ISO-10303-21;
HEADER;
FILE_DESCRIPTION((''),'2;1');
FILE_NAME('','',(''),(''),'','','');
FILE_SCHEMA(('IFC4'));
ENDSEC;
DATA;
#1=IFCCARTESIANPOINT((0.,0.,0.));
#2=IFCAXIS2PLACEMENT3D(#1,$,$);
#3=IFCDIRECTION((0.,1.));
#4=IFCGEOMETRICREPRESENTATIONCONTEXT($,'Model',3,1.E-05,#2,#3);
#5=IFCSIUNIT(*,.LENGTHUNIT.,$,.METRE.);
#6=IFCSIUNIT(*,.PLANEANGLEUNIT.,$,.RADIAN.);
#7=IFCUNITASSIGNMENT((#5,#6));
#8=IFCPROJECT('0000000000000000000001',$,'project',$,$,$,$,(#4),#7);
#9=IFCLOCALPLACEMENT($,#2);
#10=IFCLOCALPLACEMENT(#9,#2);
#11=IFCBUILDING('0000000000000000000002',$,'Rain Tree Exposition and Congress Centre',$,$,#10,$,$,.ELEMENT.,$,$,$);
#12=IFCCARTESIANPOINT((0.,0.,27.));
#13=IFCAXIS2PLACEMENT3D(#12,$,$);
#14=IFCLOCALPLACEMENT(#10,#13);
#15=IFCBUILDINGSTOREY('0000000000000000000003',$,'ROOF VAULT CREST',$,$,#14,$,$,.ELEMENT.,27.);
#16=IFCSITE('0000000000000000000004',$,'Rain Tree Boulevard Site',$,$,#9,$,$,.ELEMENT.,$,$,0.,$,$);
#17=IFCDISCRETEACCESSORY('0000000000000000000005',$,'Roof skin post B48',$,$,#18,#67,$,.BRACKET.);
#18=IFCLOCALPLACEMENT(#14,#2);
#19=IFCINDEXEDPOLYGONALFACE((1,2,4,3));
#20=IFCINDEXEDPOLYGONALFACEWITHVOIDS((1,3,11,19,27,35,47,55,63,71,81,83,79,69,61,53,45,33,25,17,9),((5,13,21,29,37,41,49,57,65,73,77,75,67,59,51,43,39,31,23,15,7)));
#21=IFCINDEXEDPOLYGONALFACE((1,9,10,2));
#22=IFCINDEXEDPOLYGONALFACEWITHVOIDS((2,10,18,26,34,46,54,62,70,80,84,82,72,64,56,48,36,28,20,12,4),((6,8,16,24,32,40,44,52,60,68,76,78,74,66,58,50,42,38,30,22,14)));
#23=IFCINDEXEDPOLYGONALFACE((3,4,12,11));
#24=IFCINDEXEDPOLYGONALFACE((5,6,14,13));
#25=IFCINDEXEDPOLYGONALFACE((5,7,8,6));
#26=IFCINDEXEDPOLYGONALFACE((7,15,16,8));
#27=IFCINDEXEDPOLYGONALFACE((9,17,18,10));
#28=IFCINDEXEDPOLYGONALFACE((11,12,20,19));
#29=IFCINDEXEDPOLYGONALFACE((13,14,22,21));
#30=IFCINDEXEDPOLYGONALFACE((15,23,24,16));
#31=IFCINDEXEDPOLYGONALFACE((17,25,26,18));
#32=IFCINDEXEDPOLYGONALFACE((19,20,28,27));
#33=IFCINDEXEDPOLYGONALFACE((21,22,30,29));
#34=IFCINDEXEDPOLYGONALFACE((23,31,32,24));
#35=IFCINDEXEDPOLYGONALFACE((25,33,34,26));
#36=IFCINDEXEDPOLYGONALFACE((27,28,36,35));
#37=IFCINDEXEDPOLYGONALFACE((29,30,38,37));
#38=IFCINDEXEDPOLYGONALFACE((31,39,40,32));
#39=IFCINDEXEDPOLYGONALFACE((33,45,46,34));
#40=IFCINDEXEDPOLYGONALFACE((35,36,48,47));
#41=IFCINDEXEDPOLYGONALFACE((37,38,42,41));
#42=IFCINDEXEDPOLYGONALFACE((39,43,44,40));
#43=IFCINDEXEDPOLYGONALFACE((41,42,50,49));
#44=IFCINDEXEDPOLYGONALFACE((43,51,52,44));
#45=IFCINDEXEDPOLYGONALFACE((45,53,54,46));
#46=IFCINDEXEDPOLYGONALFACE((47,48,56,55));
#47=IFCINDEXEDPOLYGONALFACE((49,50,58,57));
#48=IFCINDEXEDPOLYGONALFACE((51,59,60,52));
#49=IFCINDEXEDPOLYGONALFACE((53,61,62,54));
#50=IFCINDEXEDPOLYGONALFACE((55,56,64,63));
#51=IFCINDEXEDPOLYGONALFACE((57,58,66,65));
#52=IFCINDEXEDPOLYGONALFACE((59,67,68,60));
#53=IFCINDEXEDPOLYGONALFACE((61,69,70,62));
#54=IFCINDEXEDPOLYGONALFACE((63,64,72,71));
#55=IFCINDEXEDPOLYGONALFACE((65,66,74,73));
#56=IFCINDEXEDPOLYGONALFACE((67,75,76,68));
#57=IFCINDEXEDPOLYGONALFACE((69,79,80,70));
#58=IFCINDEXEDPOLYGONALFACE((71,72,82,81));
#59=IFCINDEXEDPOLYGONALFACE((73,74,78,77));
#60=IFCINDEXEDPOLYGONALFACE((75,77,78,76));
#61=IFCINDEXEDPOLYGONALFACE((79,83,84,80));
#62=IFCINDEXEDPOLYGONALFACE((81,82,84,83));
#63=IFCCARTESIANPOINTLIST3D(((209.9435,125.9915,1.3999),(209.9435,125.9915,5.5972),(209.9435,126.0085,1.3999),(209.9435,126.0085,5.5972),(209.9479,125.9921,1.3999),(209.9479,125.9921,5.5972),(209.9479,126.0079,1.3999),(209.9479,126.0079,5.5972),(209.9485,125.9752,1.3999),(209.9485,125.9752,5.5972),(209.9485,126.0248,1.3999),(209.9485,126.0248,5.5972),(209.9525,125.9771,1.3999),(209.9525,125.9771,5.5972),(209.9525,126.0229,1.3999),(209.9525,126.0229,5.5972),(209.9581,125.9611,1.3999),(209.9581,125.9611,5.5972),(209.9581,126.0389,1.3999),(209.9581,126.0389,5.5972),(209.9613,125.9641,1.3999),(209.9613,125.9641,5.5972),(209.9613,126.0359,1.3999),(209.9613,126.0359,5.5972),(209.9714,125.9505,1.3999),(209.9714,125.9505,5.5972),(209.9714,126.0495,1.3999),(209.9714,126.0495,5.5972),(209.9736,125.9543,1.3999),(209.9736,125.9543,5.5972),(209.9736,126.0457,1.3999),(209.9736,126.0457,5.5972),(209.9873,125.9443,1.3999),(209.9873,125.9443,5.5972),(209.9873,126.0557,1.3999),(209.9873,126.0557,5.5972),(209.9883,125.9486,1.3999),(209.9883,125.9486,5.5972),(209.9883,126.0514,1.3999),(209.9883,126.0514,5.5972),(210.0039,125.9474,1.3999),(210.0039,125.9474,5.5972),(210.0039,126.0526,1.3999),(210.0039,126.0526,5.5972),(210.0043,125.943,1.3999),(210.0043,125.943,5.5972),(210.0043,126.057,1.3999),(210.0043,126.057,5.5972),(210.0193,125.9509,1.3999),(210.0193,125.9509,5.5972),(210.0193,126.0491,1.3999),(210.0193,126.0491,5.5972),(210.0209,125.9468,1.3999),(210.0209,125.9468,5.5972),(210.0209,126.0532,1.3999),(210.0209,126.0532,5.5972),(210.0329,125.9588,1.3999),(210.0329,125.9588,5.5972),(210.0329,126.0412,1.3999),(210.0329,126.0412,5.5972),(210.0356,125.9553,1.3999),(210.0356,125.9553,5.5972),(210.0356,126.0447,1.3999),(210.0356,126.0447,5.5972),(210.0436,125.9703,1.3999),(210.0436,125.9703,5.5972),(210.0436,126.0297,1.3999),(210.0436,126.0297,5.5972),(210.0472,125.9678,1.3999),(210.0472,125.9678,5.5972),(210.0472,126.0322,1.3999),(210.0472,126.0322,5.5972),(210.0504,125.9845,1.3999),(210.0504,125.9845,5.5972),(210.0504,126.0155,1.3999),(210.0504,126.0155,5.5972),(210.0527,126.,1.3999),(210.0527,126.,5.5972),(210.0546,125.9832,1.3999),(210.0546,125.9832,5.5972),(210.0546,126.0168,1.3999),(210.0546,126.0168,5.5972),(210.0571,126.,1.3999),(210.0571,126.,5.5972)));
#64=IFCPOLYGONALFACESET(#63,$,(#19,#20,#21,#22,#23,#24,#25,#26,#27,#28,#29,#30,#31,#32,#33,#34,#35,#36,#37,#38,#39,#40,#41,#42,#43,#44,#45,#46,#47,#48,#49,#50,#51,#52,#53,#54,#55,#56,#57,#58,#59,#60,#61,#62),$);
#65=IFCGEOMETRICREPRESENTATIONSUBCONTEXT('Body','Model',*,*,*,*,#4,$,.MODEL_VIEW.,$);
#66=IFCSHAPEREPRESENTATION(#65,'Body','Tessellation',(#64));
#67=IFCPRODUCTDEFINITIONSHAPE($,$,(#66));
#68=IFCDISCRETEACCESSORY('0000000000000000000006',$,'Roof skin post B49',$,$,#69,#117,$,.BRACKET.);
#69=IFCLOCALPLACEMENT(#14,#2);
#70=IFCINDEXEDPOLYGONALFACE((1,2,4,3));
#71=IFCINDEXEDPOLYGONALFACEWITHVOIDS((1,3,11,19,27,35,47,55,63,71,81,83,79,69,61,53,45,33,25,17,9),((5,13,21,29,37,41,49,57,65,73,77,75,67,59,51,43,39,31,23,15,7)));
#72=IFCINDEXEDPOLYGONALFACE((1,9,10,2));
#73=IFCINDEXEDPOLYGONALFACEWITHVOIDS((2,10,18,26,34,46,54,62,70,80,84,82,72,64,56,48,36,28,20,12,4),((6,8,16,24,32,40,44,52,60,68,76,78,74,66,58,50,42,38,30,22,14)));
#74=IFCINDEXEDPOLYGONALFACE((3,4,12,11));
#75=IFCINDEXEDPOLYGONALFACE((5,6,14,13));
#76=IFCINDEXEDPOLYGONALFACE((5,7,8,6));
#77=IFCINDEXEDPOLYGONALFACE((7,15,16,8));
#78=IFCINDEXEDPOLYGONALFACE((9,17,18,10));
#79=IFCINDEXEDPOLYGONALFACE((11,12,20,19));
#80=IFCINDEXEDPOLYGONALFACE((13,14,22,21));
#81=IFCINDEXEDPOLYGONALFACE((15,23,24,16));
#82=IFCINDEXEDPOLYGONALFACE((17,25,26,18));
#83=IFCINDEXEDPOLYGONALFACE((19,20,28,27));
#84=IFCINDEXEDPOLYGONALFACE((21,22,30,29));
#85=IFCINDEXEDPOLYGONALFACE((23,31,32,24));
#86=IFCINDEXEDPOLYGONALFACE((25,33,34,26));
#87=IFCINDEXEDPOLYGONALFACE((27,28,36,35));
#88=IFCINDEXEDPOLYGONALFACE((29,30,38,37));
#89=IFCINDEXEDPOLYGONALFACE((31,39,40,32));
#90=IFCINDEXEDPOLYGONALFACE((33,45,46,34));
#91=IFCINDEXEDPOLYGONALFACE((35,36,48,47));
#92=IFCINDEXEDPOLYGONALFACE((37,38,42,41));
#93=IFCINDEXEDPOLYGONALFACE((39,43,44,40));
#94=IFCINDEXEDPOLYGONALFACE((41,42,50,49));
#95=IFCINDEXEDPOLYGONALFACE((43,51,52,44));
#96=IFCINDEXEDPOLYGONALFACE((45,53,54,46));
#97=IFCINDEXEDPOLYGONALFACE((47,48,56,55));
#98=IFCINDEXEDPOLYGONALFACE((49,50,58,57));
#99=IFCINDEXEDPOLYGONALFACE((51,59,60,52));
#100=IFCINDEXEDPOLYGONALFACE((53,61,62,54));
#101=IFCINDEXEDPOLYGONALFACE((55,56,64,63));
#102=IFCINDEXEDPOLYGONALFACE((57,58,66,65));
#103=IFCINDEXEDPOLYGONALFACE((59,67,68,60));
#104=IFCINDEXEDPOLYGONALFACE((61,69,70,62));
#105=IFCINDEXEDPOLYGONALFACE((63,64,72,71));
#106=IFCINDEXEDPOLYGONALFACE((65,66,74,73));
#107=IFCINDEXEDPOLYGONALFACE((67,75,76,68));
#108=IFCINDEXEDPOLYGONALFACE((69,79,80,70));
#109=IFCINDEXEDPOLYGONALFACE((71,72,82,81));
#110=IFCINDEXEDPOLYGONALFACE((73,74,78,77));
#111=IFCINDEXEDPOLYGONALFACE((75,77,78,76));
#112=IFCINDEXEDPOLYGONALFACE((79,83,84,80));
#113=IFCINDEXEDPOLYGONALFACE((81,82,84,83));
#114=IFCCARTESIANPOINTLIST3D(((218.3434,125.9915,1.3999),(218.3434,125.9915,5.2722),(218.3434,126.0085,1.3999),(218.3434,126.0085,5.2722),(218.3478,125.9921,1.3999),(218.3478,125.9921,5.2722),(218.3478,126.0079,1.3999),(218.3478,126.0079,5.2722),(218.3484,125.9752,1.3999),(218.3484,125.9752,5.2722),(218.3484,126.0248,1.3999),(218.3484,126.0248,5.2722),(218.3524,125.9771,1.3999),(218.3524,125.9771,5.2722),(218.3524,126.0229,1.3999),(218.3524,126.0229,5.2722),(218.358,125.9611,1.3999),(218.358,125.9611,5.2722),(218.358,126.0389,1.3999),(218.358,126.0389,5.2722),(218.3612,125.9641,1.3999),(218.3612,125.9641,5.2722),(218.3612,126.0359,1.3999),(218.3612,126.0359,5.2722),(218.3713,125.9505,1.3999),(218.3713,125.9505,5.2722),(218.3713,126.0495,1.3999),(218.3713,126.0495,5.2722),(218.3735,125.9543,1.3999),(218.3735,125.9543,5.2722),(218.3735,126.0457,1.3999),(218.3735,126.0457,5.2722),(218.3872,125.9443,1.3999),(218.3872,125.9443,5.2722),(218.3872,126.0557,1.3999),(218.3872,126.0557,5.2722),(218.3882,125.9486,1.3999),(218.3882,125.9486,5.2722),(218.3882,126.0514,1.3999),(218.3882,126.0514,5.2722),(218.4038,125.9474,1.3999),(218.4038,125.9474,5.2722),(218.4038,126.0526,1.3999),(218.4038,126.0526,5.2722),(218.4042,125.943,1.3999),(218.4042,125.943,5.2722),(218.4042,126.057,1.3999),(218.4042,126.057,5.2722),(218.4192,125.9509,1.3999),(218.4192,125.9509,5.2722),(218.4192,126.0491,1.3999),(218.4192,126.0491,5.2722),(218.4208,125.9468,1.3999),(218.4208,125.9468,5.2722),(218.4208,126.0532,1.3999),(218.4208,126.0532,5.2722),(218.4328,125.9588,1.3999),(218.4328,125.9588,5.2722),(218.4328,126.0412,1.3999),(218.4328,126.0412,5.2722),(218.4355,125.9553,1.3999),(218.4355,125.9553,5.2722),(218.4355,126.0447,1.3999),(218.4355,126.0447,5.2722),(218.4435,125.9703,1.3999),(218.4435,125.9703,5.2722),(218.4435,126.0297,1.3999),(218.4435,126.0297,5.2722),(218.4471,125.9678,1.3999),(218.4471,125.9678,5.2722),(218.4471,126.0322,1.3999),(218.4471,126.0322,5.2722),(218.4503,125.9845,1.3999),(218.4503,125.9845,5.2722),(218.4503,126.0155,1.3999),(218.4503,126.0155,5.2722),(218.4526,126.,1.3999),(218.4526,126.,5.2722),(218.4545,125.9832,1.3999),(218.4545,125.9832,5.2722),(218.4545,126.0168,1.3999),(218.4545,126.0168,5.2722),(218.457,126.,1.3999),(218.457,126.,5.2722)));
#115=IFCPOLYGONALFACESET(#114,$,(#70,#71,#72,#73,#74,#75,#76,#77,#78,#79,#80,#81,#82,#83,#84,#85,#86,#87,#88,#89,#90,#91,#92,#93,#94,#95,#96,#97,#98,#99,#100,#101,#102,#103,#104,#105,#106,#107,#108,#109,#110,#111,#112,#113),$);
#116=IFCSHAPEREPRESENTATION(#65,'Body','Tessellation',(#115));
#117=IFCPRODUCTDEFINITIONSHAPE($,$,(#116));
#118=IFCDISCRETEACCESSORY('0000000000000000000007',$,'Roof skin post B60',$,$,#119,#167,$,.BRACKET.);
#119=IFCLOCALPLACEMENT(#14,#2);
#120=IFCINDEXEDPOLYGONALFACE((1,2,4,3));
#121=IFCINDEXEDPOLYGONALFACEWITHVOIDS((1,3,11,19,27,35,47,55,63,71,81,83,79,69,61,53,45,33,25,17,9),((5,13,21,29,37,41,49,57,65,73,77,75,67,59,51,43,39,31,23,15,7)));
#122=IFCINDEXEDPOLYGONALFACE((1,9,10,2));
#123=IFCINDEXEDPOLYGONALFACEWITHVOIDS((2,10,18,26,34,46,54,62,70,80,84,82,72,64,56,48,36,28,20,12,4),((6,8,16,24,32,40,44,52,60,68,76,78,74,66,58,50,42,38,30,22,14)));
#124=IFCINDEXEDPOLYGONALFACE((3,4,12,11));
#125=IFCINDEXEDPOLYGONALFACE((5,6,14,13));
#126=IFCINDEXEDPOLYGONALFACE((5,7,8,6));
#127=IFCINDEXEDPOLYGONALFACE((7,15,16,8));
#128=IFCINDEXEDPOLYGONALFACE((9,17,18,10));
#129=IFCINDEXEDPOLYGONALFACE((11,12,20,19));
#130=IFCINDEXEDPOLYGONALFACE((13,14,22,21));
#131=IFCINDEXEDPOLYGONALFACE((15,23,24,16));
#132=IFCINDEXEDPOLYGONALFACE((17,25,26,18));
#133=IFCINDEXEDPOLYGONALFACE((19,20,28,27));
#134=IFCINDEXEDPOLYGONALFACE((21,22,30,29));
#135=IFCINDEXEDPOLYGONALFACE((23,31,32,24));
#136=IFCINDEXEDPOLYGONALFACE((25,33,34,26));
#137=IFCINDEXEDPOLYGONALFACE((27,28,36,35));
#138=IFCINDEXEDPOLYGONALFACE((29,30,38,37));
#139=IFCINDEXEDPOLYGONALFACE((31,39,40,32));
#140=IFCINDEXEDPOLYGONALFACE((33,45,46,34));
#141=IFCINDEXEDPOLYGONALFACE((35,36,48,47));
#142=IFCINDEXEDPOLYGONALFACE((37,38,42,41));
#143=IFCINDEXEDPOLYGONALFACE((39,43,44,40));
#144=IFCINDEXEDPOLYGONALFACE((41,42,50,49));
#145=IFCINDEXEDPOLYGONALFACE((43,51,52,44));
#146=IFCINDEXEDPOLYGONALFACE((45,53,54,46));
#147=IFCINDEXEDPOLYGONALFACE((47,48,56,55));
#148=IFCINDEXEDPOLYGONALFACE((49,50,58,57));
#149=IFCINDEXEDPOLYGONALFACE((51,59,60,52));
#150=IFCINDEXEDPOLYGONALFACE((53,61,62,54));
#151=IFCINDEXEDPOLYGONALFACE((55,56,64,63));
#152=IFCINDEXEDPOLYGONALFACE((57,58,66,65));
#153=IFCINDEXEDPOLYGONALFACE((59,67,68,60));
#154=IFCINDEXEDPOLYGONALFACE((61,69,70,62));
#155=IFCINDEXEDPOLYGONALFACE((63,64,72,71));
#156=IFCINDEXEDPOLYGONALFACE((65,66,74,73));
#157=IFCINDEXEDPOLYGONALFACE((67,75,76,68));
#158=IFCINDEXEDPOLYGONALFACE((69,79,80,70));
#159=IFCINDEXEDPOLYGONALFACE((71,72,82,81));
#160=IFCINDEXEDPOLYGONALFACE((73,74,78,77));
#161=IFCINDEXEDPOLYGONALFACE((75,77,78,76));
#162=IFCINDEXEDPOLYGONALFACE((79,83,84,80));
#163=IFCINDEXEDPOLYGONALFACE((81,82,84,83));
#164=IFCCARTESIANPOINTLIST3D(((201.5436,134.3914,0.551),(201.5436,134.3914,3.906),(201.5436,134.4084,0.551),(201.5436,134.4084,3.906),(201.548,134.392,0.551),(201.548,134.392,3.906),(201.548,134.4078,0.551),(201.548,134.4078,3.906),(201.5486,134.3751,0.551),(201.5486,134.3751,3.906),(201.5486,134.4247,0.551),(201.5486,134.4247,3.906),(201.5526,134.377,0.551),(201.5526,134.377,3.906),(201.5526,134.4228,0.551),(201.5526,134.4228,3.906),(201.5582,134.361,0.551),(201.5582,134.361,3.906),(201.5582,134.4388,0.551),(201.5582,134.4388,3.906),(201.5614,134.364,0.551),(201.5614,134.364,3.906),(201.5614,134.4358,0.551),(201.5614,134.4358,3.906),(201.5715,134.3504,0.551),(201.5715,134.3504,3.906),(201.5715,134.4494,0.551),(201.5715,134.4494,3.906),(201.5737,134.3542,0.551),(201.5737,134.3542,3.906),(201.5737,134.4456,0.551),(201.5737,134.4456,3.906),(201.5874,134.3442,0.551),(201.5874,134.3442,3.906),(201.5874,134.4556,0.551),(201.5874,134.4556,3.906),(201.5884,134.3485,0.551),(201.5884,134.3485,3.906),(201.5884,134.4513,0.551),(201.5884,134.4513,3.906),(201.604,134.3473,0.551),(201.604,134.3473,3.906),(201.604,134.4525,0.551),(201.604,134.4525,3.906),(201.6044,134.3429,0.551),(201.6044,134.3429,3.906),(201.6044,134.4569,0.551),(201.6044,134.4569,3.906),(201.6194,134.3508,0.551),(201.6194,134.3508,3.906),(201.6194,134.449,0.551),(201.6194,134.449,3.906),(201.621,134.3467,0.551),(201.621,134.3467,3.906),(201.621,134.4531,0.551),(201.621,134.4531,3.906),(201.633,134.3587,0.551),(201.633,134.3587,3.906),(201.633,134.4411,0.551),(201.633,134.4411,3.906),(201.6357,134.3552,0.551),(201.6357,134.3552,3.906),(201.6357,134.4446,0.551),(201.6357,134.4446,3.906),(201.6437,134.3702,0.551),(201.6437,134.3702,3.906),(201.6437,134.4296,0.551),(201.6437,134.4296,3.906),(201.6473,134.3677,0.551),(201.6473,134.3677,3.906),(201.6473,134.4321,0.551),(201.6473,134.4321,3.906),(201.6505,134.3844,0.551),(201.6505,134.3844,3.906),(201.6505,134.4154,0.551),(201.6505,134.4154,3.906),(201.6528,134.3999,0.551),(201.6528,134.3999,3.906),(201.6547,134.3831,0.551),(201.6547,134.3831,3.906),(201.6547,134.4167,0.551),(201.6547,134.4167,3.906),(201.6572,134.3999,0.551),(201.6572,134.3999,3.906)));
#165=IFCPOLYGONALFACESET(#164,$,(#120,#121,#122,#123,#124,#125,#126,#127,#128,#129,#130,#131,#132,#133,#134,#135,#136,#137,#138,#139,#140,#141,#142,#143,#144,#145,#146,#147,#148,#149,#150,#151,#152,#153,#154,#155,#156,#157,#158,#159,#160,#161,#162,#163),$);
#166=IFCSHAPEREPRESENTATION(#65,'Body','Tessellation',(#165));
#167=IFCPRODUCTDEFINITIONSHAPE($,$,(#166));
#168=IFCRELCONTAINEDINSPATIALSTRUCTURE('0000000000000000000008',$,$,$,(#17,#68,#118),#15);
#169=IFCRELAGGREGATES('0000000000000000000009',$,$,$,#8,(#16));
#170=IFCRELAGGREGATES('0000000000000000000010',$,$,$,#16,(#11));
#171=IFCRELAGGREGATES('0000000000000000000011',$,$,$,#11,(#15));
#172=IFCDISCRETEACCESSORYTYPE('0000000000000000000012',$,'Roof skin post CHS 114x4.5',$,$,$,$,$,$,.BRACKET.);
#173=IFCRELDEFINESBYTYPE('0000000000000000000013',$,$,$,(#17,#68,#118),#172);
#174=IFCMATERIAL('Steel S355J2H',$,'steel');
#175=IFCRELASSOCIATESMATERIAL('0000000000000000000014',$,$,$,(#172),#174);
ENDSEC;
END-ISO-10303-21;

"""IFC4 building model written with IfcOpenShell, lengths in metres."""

from ifc_helpers import new_model, si_unit, direction, frame, origin, origin_2d, place, context, subcontext, project, spatial, hollow_circle, extrude, material, material_profile, profile_set, type_object, element, save


model = new_model("IFC4")

# Units and contexts
model_context = context("Model", 3, precision=1e-05, world=origin(), true_north=direction((0.0, 1.0)))
body_context = subcontext(model_context, "Body", "Model", "MODEL_VIEW")
ifc_project = project(units=[si_unit("LENGTHUNIT", "METRE"), si_unit("PLANEANGLEUNIT", "RADIAN")], contexts=[model_context])

# Site, building, storey
site_placement = place(None, origin())
site = spatial("IfcSite", under=ifc_project, at=site_placement, Name="Rain Tree Boulevard Site", CompositionType="ELEMENT", RefElevation=0.0)
building_placement = place(site_placement, origin())
building = spatial("IfcBuilding", under=site, at=building_placement, Name="Rain Tree Exposition and Congress Centre", CompositionType="ELEMENT")
storey_placement = place(building_placement, frame((0.0, 0.0, 27.0)))
storey = spatial("IfcBuildingStorey", under=building, at=storey_placement, Name="ROOF VAULT CREST", CompositionType="ELEMENT", Elevation=27.0)

# Discrete accessories
ifc_material_1 = material(Name="Steel S355J2H", Category="steel")
ifc_material_profile_1 = material_profile(ifc_material_1, hollow_circle(Radius=0.0571, WallThickness=0.0044, at=origin_2d()), Name="CHS 114x4.5")
ifc_profile_set_1 = profile_set([ifc_material_profile_1], Name="Steel S355J2H")
discrete_accessory_type_1 = type_object("IfcDiscreteAccessoryType", Name="Roof skin post CHS 114x4.5", PredefinedType="BRACKET", material=ifc_profile_set_1)
discrete_accessory_1_placement = place(storey_placement, frame((210.0, 126.0, 1.3999), z_axis=(0.0, 0.0, 1.0), x_axis=(1.0, 0.0, 0.0)))
element("IfcDiscreteAccessory", 1, at=discrete_accessory_1_placement, inside=storey, type_object=discrete_accessory_type_1, Name="Roof skin post B48", PredefinedType="BRACKET", context=body_context, shape_type="SweptSolid", body=[
    extrude(hollow_circle(Radius=0.0571, WallThickness=0.0044, at=origin_2d()), origin(), (0.0, 0.0, 1.0), 4.1973),
])
discrete_accessory_2_placement = place(storey_placement, frame((218.3999, 126.0, 1.3999), z_axis=(0.0, 0.0, 1.0), x_axis=(1.0, 0.0, 0.0)))
element("IfcDiscreteAccessory", 2, at=discrete_accessory_2_placement, inside=storey, type_object=discrete_accessory_type_1, Name="Roof skin post B49", PredefinedType="BRACKET", context=body_context, shape_type="SweptSolid", body=[
    extrude(hollow_circle(Radius=0.0571, WallThickness=0.0044, at=origin_2d()), origin(), (0.0, 0.0, 1.0), 3.8723),
])
discrete_accessory_3_placement = place(storey_placement, frame((201.6001, 134.3999, 0.551), z_axis=(0.0, 0.0, 1.0), x_axis=(1.0, 0.0, 0.0)))
element("IfcDiscreteAccessory", 3, at=discrete_accessory_3_placement, inside=storey, type_object=discrete_accessory_type_1, Name="Roof skin post B60", PredefinedType="BRACKET", context=body_context, shape_type="SweptSolid", body=[
    extrude(hollow_circle(Radius=0.0571, WallThickness=0.0044, at=origin_2d()), origin(), (0.0, 0.0, 1.0), 3.355),
])

save(model, "model.ifc")
